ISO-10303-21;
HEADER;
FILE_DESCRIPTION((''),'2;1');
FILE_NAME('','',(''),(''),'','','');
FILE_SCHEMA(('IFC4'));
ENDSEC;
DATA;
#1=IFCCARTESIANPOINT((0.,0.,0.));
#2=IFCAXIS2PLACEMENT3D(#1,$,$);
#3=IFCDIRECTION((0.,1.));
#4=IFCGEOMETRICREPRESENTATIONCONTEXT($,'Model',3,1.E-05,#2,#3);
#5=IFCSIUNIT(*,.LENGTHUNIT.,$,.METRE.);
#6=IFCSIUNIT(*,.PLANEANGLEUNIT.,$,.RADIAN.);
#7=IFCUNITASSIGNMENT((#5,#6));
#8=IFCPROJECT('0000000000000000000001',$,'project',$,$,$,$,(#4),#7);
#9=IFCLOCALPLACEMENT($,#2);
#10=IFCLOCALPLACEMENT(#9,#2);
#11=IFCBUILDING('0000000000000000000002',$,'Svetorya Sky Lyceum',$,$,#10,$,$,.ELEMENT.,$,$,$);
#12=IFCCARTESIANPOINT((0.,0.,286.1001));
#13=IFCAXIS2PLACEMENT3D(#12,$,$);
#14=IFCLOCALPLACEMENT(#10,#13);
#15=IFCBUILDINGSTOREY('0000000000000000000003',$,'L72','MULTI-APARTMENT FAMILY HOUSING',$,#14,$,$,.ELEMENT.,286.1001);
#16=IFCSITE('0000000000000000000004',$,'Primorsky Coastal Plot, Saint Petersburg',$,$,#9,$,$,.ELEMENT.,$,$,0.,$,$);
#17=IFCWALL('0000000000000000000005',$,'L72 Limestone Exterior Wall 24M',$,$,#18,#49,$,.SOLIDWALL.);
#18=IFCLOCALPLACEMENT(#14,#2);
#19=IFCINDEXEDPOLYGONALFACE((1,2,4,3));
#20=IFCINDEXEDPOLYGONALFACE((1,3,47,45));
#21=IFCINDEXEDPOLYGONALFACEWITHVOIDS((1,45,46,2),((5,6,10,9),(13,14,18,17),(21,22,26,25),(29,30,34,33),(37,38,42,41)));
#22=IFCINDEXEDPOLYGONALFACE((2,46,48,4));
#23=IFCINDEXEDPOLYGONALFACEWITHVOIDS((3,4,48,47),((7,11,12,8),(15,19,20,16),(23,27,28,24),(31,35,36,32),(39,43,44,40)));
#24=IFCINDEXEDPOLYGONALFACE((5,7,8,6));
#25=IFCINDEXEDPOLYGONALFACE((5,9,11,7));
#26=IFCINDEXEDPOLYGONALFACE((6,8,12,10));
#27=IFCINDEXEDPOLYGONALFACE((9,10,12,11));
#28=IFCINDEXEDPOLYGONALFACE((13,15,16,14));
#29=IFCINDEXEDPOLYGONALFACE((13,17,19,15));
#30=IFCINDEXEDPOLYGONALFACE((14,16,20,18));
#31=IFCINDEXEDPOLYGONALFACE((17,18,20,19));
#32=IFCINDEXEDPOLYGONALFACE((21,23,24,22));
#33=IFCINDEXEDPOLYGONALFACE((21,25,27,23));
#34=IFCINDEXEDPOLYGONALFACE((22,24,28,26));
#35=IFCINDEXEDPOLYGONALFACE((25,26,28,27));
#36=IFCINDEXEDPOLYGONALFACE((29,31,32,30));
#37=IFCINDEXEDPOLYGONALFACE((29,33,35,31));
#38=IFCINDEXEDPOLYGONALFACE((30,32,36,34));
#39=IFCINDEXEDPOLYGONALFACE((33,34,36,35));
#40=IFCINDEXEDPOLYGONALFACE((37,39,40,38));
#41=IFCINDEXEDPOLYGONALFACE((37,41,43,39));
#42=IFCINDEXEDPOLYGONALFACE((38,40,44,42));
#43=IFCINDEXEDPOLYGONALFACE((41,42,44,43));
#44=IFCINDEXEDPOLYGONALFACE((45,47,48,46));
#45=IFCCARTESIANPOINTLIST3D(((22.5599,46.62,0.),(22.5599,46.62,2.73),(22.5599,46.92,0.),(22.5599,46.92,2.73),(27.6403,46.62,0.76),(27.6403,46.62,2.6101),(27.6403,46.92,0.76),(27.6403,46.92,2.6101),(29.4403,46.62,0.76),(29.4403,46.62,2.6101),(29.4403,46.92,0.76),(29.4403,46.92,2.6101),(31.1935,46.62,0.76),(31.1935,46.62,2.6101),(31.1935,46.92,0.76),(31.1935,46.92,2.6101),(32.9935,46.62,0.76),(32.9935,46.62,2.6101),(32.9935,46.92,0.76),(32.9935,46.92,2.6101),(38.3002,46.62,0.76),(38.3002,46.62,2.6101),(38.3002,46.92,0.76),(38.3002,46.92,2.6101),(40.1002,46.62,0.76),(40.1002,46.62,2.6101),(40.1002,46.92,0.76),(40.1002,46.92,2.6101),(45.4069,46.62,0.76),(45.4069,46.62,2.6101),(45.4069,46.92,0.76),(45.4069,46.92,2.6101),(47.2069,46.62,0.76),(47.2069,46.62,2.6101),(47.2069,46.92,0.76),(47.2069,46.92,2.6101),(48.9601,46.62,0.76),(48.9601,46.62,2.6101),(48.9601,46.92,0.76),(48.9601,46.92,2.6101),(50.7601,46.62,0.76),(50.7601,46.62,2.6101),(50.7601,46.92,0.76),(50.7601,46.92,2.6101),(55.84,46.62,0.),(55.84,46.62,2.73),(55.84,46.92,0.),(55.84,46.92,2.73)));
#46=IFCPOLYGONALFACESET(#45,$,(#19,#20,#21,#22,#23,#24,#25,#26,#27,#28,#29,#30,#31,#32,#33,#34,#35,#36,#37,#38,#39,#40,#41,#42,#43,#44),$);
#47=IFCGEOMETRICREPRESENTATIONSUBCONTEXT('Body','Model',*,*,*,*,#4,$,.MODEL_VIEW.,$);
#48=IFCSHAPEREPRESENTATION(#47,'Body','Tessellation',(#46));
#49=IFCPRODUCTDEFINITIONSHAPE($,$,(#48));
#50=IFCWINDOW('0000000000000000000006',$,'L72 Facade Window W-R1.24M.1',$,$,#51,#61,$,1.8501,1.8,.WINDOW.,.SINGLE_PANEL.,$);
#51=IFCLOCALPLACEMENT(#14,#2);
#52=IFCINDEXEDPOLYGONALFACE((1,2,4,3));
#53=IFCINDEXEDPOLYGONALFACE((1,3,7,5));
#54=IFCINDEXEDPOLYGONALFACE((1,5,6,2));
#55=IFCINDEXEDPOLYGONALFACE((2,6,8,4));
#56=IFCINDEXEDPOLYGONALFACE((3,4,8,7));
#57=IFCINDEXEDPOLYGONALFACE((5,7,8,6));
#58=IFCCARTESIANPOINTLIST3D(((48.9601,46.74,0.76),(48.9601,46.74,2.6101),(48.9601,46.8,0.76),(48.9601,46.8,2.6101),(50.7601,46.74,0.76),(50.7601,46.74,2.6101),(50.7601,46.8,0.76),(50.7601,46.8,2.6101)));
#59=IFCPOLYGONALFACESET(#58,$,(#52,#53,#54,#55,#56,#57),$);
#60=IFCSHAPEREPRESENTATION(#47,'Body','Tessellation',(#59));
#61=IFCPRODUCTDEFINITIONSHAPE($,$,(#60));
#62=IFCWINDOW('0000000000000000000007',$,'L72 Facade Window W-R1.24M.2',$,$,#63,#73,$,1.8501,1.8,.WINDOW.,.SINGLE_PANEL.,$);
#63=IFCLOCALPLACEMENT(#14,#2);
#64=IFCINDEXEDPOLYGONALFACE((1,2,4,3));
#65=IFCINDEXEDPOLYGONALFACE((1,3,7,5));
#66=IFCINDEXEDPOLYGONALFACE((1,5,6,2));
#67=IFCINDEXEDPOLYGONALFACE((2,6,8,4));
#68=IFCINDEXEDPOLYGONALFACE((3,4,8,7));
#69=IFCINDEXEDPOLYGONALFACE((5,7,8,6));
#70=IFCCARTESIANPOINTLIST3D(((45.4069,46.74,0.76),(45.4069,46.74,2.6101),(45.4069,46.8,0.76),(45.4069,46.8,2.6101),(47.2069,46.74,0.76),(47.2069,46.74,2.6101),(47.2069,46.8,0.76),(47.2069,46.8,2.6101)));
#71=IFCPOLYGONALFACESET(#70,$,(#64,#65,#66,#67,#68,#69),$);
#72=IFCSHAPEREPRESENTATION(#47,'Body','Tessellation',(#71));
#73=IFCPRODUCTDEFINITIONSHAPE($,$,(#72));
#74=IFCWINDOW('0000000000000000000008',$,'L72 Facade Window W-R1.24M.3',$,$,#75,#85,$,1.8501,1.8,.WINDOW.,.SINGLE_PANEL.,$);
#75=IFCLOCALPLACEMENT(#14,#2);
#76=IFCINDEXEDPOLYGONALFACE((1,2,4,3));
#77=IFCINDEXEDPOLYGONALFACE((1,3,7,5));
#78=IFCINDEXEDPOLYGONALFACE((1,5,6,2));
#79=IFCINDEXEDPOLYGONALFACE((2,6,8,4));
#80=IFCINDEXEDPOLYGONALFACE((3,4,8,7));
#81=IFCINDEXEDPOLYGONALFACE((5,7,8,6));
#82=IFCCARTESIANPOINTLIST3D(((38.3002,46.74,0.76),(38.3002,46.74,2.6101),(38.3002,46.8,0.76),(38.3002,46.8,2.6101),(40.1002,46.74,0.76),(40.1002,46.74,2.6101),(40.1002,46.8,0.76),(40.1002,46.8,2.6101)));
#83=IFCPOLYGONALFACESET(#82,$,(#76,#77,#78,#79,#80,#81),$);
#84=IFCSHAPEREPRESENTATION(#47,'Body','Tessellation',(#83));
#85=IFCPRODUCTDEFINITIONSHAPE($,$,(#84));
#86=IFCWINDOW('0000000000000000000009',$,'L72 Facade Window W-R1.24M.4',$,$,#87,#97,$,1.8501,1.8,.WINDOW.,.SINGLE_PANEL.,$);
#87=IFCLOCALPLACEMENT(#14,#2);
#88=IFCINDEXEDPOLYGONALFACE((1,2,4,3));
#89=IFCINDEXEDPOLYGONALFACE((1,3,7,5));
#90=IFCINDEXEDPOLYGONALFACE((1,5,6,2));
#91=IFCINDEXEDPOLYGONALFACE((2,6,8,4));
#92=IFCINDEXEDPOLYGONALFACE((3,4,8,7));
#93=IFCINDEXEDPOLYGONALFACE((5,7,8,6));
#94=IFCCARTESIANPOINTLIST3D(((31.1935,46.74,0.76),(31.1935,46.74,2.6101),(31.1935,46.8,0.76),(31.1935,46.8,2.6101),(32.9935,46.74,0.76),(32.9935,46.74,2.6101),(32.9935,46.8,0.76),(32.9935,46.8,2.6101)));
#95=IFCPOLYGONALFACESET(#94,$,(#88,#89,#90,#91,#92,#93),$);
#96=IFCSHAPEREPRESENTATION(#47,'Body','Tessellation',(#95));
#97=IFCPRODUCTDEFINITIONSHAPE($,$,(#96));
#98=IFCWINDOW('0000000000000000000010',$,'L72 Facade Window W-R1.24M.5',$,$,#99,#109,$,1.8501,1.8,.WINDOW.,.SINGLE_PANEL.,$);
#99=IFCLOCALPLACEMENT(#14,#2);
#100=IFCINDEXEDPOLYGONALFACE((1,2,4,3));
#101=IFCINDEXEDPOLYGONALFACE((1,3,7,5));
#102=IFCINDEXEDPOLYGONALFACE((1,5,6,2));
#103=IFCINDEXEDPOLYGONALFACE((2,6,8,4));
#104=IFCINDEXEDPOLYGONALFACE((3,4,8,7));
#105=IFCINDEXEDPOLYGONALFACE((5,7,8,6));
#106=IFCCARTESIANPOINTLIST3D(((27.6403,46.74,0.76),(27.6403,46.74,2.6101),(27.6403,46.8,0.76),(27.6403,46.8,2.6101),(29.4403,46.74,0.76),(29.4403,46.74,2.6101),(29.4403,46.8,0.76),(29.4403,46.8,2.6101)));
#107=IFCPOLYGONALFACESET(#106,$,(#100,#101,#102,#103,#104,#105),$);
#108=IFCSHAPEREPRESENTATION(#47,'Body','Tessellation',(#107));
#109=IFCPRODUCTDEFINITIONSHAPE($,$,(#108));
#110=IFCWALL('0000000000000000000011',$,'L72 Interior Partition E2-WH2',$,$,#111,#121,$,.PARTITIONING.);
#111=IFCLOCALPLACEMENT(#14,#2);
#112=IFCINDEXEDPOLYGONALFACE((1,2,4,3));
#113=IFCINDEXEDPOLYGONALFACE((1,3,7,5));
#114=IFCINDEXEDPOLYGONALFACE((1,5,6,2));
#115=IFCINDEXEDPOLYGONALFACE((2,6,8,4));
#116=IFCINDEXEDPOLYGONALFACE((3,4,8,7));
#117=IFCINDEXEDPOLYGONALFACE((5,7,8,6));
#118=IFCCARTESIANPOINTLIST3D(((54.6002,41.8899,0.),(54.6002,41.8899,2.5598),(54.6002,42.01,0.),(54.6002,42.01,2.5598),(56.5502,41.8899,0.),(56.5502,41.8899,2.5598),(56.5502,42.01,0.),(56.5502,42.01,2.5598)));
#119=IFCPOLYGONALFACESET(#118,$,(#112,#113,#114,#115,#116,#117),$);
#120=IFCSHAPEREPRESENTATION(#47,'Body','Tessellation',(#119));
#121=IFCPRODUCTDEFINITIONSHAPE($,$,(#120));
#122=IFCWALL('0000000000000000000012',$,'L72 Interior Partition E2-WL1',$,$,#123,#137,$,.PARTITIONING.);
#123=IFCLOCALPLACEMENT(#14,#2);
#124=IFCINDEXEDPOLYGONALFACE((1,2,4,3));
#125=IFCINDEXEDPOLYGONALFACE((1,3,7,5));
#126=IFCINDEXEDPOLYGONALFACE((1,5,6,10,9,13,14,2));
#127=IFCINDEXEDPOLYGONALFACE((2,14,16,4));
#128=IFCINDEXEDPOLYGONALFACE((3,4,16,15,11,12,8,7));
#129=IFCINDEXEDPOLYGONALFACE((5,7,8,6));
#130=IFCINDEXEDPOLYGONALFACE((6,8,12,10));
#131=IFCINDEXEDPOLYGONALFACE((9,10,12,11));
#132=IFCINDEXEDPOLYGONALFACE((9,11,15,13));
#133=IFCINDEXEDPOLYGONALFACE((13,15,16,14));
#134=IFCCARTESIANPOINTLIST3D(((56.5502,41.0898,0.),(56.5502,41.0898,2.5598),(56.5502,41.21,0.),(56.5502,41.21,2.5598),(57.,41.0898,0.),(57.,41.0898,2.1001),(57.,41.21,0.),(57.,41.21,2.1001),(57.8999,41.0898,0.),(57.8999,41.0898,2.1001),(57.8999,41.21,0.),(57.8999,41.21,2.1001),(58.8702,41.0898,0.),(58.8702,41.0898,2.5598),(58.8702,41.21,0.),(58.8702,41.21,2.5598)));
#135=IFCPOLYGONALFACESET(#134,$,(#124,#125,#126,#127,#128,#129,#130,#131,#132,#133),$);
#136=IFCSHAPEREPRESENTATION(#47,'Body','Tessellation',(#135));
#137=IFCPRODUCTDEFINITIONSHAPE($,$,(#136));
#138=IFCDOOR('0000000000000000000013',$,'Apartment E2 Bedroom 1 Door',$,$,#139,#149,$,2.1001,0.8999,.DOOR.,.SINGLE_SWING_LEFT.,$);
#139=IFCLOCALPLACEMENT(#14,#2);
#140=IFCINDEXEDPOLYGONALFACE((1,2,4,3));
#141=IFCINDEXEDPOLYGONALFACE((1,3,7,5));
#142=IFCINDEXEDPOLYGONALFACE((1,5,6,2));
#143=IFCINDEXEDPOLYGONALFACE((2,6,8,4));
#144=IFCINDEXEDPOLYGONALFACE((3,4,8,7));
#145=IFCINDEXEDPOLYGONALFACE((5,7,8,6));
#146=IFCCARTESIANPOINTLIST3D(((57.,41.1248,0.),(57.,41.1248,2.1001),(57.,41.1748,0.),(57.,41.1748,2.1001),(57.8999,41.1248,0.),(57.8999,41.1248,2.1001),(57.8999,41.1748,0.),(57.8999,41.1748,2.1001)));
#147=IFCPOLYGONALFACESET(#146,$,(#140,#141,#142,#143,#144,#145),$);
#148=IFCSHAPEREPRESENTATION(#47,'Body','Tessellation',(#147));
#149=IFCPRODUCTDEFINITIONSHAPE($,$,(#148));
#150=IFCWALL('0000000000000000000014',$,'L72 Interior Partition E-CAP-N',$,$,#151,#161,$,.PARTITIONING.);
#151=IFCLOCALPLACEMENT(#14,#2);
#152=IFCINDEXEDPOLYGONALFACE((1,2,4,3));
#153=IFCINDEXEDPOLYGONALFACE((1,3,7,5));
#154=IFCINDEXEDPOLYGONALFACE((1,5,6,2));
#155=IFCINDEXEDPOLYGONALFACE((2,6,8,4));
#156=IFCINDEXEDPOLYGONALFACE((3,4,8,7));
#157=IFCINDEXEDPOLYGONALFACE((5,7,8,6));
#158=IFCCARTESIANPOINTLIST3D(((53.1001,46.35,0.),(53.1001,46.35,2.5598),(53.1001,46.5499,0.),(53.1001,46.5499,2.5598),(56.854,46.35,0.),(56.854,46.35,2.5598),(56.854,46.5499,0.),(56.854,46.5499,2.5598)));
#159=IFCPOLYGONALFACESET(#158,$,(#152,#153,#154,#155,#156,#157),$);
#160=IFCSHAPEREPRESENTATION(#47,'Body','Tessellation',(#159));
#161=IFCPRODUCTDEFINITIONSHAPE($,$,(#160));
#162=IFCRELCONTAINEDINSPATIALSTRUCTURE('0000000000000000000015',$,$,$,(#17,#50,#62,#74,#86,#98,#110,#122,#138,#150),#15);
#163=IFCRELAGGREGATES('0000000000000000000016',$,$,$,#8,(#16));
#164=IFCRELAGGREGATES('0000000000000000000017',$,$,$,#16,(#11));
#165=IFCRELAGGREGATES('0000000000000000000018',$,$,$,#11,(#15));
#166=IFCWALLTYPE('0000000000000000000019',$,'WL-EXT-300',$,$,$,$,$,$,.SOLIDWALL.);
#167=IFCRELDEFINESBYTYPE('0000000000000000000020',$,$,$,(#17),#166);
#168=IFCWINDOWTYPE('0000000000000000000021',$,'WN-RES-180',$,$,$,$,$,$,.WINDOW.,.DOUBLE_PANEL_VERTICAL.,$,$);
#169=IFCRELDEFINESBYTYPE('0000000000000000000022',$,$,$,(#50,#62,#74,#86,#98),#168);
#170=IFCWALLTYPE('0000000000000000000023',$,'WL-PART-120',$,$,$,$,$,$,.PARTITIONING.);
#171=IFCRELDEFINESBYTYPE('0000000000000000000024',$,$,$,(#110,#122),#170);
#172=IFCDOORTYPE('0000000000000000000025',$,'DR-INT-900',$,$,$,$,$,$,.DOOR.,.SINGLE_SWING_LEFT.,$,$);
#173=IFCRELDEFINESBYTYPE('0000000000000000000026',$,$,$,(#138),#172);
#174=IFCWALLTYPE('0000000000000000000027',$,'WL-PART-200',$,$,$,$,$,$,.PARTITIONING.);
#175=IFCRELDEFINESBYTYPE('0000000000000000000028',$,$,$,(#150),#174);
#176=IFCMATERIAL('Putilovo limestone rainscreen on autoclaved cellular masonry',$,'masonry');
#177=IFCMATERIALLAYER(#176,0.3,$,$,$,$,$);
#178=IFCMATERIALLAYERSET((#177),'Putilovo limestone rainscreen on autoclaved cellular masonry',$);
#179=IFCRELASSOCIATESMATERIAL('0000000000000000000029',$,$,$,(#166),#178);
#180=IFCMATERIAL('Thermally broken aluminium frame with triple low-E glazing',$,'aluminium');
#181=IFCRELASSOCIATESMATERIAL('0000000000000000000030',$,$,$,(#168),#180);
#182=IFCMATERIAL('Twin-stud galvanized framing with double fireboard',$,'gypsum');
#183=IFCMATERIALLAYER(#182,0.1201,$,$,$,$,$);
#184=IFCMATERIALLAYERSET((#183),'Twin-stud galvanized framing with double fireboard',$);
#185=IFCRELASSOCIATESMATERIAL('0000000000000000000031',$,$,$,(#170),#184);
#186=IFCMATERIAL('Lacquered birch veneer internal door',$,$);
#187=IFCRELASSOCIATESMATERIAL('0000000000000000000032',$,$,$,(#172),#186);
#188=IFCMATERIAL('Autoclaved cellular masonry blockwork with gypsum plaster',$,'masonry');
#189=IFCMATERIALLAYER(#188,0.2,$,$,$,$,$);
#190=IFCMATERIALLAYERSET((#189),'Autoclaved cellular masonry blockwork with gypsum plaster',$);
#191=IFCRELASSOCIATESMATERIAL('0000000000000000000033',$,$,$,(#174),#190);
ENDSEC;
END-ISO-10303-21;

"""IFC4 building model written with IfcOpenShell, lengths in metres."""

from ifc_helpers import new_model, si_unit, direction, frame, frame_2d, origin, place, context, subcontext, project, spatial, rectangle, extrude, material, layer, layer_set, type_object, element, fill, save


model = new_model("IFC4")

# Units and contexts
model_context = context("Model", 3, precision=1e-05, world=origin(), true_north=direction((0.0, 1.0)))
body_context = subcontext(model_context, "Body", "Model", "MODEL_VIEW")
ifc_project = project(units=[si_unit("LENGTHUNIT", "METRE"), si_unit("PLANEANGLEUNIT", "RADIAN")], contexts=[model_context])

# Site, building, storey
site_placement = place(None, origin())
site = spatial("IfcSite", under=ifc_project, at=site_placement, Name="Primorsky Coastal Plot, Saint Petersburg", CompositionType="ELEMENT", RefElevation=0.0)
building_placement = place(site_placement, origin())
building = spatial("IfcBuilding", under=site, at=building_placement, Name="Svetorya Sky Lyceum", CompositionType="ELEMENT")
storey_placement = place(building_placement, frame((0.0, 0.0, 286.1001)))
storey = spatial("IfcBuildingStorey", under=building, at=storey_placement, Name="L72", Description="MULTI-APARTMENT FAMILY HOUSING", CompositionType="ELEMENT", Elevation=286.1001)

# Shared definitions
ifc_material_1 = material(Name="Putilovo limestone rainscreen on autoclaved cellular masonry", Category="masonry")
ifc_layer_1 = layer(ifc_material_1, 0.3)
ifc_layer_set_1 = layer_set([ifc_layer_1], Name="Putilovo limestone rainscreen on autoclaved cellular masonry")
wall_type_1 = type_object("IfcWallType", Name="WL-EXT-300", PredefinedType="SOLIDWALL", material=ifc_layer_set_1)

# Wall, openings, windows
wall_1_placement = place(storey_placement, frame((55.8401, 46.77, 0.0), z_axis=(0.0, 0.0, 1.0), x_axis=(-1.0, 0.0, 0.0)))
wall_1 = element("IfcWall", 1, at=wall_1_placement, inside=storey, type_object=wall_type_1, Name="L72 Limestone Exterior Wall 24M", PredefinedType="SOLIDWALL", context=body_context, shape_type="SweptSolid", body=[
    extrude(rectangle(XDim=33.28, YDim=0.3, at=frame_2d((16.6401, 0.0))), origin(), (0.0, 0.0, 1.0), 2.73),
])
opening_1_placement = place(wall_1_placement, frame((5.0801, 0.0, 0.76)))
opening_1 = element("IfcOpeningElement", 2, at=opening_1_placement, cuts=wall_1, PredefinedType="OPENING", context=body_context, shape_type="SweptSolid", body=[
    extrude(rectangle(XDim=1.8, YDim=1.8501, at=frame_2d((0.8999, 0.925))), frame((0.0, 0.1599, 0.0), z_axis=(0.0, -1.0, 0.0), x_axis=(1.0, 0.0, 0.0)), (0.0, 0.0, 1.0), 0.3201),
])
opening_2_placement = place(wall_1_placement, frame((8.6333, 0.0, 0.76)))
opening_2 = element("IfcOpeningElement", 3, at=opening_2_placement, cuts=wall_1, PredefinedType="OPENING", context=body_context, shape_type="SweptSolid", body=[
    extrude(rectangle(XDim=1.8, YDim=1.8501, at=frame_2d((0.8999, 0.925))), frame((0.0, 0.1599, 0.0), z_axis=(0.0, -1.0, 0.0), x_axis=(1.0, 0.0, 0.0)), (0.0, 0.0, 1.0), 0.3201),
])
opening_3_placement = place(wall_1_placement, frame((15.74, 0.0, 0.76)))
opening_3 = element("IfcOpeningElement", 4, at=opening_3_placement, cuts=wall_1, PredefinedType="OPENING", context=body_context, shape_type="SweptSolid", body=[
    extrude(rectangle(XDim=1.8, YDim=1.8501, at=frame_2d((0.8999, 0.925))), frame((0.0, 0.1599, 0.0), z_axis=(0.0, -1.0, 0.0), x_axis=(1.0, 0.0, 0.0)), (0.0, 0.0, 1.0), 0.3201),
])
opening_4_placement = place(wall_1_placement, frame((22.8467, 0.0, 0.76)))
opening_4 = element("IfcOpeningElement", 5, at=opening_4_placement, cuts=wall_1, PredefinedType="OPENING", context=body_context, shape_type="SweptSolid", body=[
    extrude(rectangle(XDim=1.8, YDim=1.8501, at=frame_2d((0.8999, 0.925))), frame((0.0, 0.1599, 0.0), z_axis=(0.0, -1.0, 0.0), x_axis=(1.0, 0.0, 0.0)), (0.0, 0.0, 1.0), 0.3201),
])
opening_5_placement = place(wall_1_placement, frame((26.3999, 0.0, 0.76)))
opening_5 = element("IfcOpeningElement", 6, at=opening_5_placement, cuts=wall_1, PredefinedType="OPENING", context=body_context, shape_type="SweptSolid", body=[
    extrude(rectangle(XDim=1.8, YDim=1.8501, at=frame_2d((0.8999, 0.925))), frame((0.0, 0.1599, 0.0), z_axis=(0.0, -1.0, 0.0), x_axis=(1.0, 0.0, 0.0)), (0.0, 0.0, 1.0), 0.3201),
])
ifc_material_2 = material(Name="Thermally broken aluminium frame with triple low-E glazing", Category="aluminium")
window_type = type_object("IfcWindowType", Name="WN-RES-180", PartitioningType="DOUBLE_PANEL_VERTICAL", PredefinedType="WINDOW", material=ifc_material_2)
window_1_placement = place(opening_1_placement, origin())
window_1 = element("IfcWindow", 7, at=window_1_placement, inside=storey, type_object=window_type, Name="L72 Facade Window W-R1.24M.1", OverallHeight=1.8501, OverallWidth=1.8, PartitioningType="SINGLE_PANEL", PredefinedType="WINDOW", context=body_context, shape_type="SweptSolid", body=[
    extrude(rectangle(XDim=1.8, YDim=1.8501, at=frame_2d((0.8999, 0.925))), frame((0.0, 0.03, 0.0), z_axis=(0.0, -1.0, 0.0), x_axis=(1.0, 0.0, 0.0)), (0.0, 0.0, 1.0), 0.0601),
])
fill(opening_1, window_1)
window_2_placement = place(opening_2_placement, origin())
window_2 = element("IfcWindow", 8, at=window_2_placement, inside=storey, type_object=window_type, Name="L72 Facade Window W-R1.24M.2", OverallHeight=1.8501, OverallWidth=1.8, PartitioningType="SINGLE_PANEL", PredefinedType="WINDOW", context=body_context, shape_type="SweptSolid", body=[
    extrude(rectangle(XDim=1.8, YDim=1.8501, at=frame_2d((0.8999, 0.925))), frame((0.0, 0.03, 0.0), z_axis=(0.0, -1.0, 0.0), x_axis=(1.0, 0.0, 0.0)), (0.0, 0.0, 1.0), 0.0601),
])
fill(opening_2, window_2)
window_3_placement = place(opening_3_placement, origin())
window_3 = element("IfcWindow", 9, at=window_3_placement, inside=storey, type_object=window_type, Name="L72 Facade Window W-R1.24M.3", OverallHeight=1.8501, OverallWidth=1.8, PartitioningType="SINGLE_PANEL", PredefinedType="WINDOW", context=body_context, shape_type="SweptSolid", body=[
    extrude(rectangle(XDim=1.8, YDim=1.8501, at=frame_2d((0.8999, 0.925))), frame((0.0, 0.03, 0.0), z_axis=(0.0, -1.0, 0.0), x_axis=(1.0, 0.0, 0.0)), (0.0, 0.0, 1.0), 0.0601),
])
fill(opening_3, window_3)
window_4_placement = place(opening_4_placement, origin())
window_4 = element("IfcWindow", 10, at=window_4_placement, inside=storey, type_object=window_type, Name="L72 Facade Window W-R1.24M.4", OverallHeight=1.8501, OverallWidth=1.8, PartitioningType="SINGLE_PANEL", PredefinedType="WINDOW", context=body_context, shape_type="SweptSolid", body=[
    extrude(rectangle(XDim=1.8, YDim=1.8501, at=frame_2d((0.8999, 0.925))), frame((0.0, 0.03, 0.0), z_axis=(0.0, -1.0, 0.0), x_axis=(1.0, 0.0, 0.0)), (0.0, 0.0, 1.0), 0.0601),
])
fill(opening_4, window_4)
window_5_placement = place(opening_5_placement, origin())
window_5 = element("IfcWindow", 11, at=window_5_placement, inside=storey, type_object=window_type, Name="L72 Facade Window W-R1.24M.5", OverallHeight=1.8501, OverallWidth=1.8, PartitioningType="SINGLE_PANEL", PredefinedType="WINDOW", context=body_context, shape_type="SweptSolid", body=[
    extrude(rectangle(XDim=1.8, YDim=1.8501, at=frame_2d((0.8999, 0.925))), frame((0.0, 0.03, 0.0), z_axis=(0.0, -1.0, 0.0), x_axis=(1.0, 0.0, 0.0)), (0.0, 0.0, 1.0), 0.0601),
])
fill(opening_5, window_5)

# Wall
ifc_material_3 = material(Name="Twin-stud galvanized framing with double fireboard", Category="gypsum")
ifc_layer_2 = layer(ifc_material_3, 0.1201)
ifc_layer_set_2 = layer_set([ifc_layer_2], Name="Twin-stud galvanized framing with double fireboard")
wall_type_2 = type_object("IfcWallType", Name="WL-PART-120", PredefinedType="PARTITIONING", material=ifc_layer_set_2)
wall_2_placement = place(storey_placement, frame((54.6001, 41.95, 0.0), z_axis=(0.0, 0.0, 1.0), x_axis=(1.0, 0.0, 0.0)))
element("IfcWall", 12, at=wall_2_placement, inside=storey, type_object=wall_type_2, Name="L72 Interior Partition E2-WH2", PredefinedType="PARTITIONING", context=body_context, shape_type="SweptSolid", body=[
    extrude(rectangle(XDim=1.95, YDim=0.1201, at=frame_2d((0.9751, 0.0))), origin(), (0.0, 0.0, 1.0), 2.5598),
])

# Wall, opening, door
wall_3_placement = place(storey_placement, frame((56.55, 41.1499, 0.0), z_axis=(0.0, 0.0, 1.0), x_axis=(1.0, 0.0, 0.0)))
wall_3 = element("IfcWall", 13, at=wall_3_placement, inside=storey, type_object=wall_type_2, Name="L72 Interior Partition E2-WL1", PredefinedType="PARTITIONING", context=body_context, shape_type="SweptSolid", body=[
    extrude(rectangle(XDim=2.3201, YDim=0.1201, at=frame_2d((1.1602, 0.0))), origin(), (0.0, 0.0, 1.0), 2.5598),
])
opening_6_placement = place(wall_3_placement, frame((0.45, 0.0, 0.0)))
opening_6 = element("IfcOpeningElement", 14, at=opening_6_placement, cuts=wall_3, PredefinedType="OPENING", context=body_context, shape_type="SweptSolid", body=[
    extrude(rectangle(XDim=0.8999, YDim=2.1001, at=frame_2d((0.45, 1.05))), frame((0.0, 0.0701, 0.0), z_axis=(0.0, -1.0, 0.0), x_axis=(1.0, 0.0, 0.0)), (0.0, 0.0, 1.0), 0.1401),
])
ifc_material_4 = material(Name="Lacquered birch veneer internal door")
door_type = type_object("IfcDoorType", Name="DR-INT-900", OperationType="SINGLE_SWING_LEFT", PredefinedType="DOOR", material=ifc_material_4)
door_placement = place(opening_6_placement, origin())
door = element("IfcDoor", 15, at=door_placement, inside=storey, type_object=door_type, Name="Apartment E2 Bedroom 1 Door", OperationType="SINGLE_SWING_LEFT", OverallHeight=2.1001, OverallWidth=0.8999, PredefinedType="DOOR", context=body_context, shape_type="SweptSolid", body=[
    extrude(rectangle(XDim=0.8999, YDim=2.1001, at=frame_2d((0.45, 1.05))), frame((0.0, 0.0249, 0.0), z_axis=(0.0, -1.0, 0.0), x_axis=(1.0, 0.0, 0.0)), (0.0, 0.0, 1.0), 0.05),
])
fill(opening_6, door)

# Wall
ifc_material_5 = material(Name="Autoclaved cellular masonry blockwork with gypsum plaster", Category="masonry")
ifc_layer_3 = layer(ifc_material_5, 0.2)
ifc_layer_set_3 = layer_set([ifc_layer_3], Name="Autoclaved cellular masonry blockwork with gypsum plaster")
wall_type_3 = type_object("IfcWallType", Name="WL-PART-200", PredefinedType="PARTITIONING", material=ifc_layer_set_3)
wall_4_placement = place(storey_placement, frame((53.1001, 46.45, 0.0), z_axis=(0.0, 0.0, 1.0), x_axis=(1.0, 0.0, 0.0)))
element("IfcWall", 16, at=wall_4_placement, inside=storey, type_object=wall_type_3, Name="L72 Interior Partition E-CAP-N", PredefinedType="PARTITIONING", context=body_context, shape_type="SweptSolid", body=[
    extrude(rectangle(XDim=3.7539, YDim=0.2, at=frame_2d((1.877, 0.0))), origin(), (0.0, 0.0, 1.0), 2.5598),
])

save(model, "model.ifc")
